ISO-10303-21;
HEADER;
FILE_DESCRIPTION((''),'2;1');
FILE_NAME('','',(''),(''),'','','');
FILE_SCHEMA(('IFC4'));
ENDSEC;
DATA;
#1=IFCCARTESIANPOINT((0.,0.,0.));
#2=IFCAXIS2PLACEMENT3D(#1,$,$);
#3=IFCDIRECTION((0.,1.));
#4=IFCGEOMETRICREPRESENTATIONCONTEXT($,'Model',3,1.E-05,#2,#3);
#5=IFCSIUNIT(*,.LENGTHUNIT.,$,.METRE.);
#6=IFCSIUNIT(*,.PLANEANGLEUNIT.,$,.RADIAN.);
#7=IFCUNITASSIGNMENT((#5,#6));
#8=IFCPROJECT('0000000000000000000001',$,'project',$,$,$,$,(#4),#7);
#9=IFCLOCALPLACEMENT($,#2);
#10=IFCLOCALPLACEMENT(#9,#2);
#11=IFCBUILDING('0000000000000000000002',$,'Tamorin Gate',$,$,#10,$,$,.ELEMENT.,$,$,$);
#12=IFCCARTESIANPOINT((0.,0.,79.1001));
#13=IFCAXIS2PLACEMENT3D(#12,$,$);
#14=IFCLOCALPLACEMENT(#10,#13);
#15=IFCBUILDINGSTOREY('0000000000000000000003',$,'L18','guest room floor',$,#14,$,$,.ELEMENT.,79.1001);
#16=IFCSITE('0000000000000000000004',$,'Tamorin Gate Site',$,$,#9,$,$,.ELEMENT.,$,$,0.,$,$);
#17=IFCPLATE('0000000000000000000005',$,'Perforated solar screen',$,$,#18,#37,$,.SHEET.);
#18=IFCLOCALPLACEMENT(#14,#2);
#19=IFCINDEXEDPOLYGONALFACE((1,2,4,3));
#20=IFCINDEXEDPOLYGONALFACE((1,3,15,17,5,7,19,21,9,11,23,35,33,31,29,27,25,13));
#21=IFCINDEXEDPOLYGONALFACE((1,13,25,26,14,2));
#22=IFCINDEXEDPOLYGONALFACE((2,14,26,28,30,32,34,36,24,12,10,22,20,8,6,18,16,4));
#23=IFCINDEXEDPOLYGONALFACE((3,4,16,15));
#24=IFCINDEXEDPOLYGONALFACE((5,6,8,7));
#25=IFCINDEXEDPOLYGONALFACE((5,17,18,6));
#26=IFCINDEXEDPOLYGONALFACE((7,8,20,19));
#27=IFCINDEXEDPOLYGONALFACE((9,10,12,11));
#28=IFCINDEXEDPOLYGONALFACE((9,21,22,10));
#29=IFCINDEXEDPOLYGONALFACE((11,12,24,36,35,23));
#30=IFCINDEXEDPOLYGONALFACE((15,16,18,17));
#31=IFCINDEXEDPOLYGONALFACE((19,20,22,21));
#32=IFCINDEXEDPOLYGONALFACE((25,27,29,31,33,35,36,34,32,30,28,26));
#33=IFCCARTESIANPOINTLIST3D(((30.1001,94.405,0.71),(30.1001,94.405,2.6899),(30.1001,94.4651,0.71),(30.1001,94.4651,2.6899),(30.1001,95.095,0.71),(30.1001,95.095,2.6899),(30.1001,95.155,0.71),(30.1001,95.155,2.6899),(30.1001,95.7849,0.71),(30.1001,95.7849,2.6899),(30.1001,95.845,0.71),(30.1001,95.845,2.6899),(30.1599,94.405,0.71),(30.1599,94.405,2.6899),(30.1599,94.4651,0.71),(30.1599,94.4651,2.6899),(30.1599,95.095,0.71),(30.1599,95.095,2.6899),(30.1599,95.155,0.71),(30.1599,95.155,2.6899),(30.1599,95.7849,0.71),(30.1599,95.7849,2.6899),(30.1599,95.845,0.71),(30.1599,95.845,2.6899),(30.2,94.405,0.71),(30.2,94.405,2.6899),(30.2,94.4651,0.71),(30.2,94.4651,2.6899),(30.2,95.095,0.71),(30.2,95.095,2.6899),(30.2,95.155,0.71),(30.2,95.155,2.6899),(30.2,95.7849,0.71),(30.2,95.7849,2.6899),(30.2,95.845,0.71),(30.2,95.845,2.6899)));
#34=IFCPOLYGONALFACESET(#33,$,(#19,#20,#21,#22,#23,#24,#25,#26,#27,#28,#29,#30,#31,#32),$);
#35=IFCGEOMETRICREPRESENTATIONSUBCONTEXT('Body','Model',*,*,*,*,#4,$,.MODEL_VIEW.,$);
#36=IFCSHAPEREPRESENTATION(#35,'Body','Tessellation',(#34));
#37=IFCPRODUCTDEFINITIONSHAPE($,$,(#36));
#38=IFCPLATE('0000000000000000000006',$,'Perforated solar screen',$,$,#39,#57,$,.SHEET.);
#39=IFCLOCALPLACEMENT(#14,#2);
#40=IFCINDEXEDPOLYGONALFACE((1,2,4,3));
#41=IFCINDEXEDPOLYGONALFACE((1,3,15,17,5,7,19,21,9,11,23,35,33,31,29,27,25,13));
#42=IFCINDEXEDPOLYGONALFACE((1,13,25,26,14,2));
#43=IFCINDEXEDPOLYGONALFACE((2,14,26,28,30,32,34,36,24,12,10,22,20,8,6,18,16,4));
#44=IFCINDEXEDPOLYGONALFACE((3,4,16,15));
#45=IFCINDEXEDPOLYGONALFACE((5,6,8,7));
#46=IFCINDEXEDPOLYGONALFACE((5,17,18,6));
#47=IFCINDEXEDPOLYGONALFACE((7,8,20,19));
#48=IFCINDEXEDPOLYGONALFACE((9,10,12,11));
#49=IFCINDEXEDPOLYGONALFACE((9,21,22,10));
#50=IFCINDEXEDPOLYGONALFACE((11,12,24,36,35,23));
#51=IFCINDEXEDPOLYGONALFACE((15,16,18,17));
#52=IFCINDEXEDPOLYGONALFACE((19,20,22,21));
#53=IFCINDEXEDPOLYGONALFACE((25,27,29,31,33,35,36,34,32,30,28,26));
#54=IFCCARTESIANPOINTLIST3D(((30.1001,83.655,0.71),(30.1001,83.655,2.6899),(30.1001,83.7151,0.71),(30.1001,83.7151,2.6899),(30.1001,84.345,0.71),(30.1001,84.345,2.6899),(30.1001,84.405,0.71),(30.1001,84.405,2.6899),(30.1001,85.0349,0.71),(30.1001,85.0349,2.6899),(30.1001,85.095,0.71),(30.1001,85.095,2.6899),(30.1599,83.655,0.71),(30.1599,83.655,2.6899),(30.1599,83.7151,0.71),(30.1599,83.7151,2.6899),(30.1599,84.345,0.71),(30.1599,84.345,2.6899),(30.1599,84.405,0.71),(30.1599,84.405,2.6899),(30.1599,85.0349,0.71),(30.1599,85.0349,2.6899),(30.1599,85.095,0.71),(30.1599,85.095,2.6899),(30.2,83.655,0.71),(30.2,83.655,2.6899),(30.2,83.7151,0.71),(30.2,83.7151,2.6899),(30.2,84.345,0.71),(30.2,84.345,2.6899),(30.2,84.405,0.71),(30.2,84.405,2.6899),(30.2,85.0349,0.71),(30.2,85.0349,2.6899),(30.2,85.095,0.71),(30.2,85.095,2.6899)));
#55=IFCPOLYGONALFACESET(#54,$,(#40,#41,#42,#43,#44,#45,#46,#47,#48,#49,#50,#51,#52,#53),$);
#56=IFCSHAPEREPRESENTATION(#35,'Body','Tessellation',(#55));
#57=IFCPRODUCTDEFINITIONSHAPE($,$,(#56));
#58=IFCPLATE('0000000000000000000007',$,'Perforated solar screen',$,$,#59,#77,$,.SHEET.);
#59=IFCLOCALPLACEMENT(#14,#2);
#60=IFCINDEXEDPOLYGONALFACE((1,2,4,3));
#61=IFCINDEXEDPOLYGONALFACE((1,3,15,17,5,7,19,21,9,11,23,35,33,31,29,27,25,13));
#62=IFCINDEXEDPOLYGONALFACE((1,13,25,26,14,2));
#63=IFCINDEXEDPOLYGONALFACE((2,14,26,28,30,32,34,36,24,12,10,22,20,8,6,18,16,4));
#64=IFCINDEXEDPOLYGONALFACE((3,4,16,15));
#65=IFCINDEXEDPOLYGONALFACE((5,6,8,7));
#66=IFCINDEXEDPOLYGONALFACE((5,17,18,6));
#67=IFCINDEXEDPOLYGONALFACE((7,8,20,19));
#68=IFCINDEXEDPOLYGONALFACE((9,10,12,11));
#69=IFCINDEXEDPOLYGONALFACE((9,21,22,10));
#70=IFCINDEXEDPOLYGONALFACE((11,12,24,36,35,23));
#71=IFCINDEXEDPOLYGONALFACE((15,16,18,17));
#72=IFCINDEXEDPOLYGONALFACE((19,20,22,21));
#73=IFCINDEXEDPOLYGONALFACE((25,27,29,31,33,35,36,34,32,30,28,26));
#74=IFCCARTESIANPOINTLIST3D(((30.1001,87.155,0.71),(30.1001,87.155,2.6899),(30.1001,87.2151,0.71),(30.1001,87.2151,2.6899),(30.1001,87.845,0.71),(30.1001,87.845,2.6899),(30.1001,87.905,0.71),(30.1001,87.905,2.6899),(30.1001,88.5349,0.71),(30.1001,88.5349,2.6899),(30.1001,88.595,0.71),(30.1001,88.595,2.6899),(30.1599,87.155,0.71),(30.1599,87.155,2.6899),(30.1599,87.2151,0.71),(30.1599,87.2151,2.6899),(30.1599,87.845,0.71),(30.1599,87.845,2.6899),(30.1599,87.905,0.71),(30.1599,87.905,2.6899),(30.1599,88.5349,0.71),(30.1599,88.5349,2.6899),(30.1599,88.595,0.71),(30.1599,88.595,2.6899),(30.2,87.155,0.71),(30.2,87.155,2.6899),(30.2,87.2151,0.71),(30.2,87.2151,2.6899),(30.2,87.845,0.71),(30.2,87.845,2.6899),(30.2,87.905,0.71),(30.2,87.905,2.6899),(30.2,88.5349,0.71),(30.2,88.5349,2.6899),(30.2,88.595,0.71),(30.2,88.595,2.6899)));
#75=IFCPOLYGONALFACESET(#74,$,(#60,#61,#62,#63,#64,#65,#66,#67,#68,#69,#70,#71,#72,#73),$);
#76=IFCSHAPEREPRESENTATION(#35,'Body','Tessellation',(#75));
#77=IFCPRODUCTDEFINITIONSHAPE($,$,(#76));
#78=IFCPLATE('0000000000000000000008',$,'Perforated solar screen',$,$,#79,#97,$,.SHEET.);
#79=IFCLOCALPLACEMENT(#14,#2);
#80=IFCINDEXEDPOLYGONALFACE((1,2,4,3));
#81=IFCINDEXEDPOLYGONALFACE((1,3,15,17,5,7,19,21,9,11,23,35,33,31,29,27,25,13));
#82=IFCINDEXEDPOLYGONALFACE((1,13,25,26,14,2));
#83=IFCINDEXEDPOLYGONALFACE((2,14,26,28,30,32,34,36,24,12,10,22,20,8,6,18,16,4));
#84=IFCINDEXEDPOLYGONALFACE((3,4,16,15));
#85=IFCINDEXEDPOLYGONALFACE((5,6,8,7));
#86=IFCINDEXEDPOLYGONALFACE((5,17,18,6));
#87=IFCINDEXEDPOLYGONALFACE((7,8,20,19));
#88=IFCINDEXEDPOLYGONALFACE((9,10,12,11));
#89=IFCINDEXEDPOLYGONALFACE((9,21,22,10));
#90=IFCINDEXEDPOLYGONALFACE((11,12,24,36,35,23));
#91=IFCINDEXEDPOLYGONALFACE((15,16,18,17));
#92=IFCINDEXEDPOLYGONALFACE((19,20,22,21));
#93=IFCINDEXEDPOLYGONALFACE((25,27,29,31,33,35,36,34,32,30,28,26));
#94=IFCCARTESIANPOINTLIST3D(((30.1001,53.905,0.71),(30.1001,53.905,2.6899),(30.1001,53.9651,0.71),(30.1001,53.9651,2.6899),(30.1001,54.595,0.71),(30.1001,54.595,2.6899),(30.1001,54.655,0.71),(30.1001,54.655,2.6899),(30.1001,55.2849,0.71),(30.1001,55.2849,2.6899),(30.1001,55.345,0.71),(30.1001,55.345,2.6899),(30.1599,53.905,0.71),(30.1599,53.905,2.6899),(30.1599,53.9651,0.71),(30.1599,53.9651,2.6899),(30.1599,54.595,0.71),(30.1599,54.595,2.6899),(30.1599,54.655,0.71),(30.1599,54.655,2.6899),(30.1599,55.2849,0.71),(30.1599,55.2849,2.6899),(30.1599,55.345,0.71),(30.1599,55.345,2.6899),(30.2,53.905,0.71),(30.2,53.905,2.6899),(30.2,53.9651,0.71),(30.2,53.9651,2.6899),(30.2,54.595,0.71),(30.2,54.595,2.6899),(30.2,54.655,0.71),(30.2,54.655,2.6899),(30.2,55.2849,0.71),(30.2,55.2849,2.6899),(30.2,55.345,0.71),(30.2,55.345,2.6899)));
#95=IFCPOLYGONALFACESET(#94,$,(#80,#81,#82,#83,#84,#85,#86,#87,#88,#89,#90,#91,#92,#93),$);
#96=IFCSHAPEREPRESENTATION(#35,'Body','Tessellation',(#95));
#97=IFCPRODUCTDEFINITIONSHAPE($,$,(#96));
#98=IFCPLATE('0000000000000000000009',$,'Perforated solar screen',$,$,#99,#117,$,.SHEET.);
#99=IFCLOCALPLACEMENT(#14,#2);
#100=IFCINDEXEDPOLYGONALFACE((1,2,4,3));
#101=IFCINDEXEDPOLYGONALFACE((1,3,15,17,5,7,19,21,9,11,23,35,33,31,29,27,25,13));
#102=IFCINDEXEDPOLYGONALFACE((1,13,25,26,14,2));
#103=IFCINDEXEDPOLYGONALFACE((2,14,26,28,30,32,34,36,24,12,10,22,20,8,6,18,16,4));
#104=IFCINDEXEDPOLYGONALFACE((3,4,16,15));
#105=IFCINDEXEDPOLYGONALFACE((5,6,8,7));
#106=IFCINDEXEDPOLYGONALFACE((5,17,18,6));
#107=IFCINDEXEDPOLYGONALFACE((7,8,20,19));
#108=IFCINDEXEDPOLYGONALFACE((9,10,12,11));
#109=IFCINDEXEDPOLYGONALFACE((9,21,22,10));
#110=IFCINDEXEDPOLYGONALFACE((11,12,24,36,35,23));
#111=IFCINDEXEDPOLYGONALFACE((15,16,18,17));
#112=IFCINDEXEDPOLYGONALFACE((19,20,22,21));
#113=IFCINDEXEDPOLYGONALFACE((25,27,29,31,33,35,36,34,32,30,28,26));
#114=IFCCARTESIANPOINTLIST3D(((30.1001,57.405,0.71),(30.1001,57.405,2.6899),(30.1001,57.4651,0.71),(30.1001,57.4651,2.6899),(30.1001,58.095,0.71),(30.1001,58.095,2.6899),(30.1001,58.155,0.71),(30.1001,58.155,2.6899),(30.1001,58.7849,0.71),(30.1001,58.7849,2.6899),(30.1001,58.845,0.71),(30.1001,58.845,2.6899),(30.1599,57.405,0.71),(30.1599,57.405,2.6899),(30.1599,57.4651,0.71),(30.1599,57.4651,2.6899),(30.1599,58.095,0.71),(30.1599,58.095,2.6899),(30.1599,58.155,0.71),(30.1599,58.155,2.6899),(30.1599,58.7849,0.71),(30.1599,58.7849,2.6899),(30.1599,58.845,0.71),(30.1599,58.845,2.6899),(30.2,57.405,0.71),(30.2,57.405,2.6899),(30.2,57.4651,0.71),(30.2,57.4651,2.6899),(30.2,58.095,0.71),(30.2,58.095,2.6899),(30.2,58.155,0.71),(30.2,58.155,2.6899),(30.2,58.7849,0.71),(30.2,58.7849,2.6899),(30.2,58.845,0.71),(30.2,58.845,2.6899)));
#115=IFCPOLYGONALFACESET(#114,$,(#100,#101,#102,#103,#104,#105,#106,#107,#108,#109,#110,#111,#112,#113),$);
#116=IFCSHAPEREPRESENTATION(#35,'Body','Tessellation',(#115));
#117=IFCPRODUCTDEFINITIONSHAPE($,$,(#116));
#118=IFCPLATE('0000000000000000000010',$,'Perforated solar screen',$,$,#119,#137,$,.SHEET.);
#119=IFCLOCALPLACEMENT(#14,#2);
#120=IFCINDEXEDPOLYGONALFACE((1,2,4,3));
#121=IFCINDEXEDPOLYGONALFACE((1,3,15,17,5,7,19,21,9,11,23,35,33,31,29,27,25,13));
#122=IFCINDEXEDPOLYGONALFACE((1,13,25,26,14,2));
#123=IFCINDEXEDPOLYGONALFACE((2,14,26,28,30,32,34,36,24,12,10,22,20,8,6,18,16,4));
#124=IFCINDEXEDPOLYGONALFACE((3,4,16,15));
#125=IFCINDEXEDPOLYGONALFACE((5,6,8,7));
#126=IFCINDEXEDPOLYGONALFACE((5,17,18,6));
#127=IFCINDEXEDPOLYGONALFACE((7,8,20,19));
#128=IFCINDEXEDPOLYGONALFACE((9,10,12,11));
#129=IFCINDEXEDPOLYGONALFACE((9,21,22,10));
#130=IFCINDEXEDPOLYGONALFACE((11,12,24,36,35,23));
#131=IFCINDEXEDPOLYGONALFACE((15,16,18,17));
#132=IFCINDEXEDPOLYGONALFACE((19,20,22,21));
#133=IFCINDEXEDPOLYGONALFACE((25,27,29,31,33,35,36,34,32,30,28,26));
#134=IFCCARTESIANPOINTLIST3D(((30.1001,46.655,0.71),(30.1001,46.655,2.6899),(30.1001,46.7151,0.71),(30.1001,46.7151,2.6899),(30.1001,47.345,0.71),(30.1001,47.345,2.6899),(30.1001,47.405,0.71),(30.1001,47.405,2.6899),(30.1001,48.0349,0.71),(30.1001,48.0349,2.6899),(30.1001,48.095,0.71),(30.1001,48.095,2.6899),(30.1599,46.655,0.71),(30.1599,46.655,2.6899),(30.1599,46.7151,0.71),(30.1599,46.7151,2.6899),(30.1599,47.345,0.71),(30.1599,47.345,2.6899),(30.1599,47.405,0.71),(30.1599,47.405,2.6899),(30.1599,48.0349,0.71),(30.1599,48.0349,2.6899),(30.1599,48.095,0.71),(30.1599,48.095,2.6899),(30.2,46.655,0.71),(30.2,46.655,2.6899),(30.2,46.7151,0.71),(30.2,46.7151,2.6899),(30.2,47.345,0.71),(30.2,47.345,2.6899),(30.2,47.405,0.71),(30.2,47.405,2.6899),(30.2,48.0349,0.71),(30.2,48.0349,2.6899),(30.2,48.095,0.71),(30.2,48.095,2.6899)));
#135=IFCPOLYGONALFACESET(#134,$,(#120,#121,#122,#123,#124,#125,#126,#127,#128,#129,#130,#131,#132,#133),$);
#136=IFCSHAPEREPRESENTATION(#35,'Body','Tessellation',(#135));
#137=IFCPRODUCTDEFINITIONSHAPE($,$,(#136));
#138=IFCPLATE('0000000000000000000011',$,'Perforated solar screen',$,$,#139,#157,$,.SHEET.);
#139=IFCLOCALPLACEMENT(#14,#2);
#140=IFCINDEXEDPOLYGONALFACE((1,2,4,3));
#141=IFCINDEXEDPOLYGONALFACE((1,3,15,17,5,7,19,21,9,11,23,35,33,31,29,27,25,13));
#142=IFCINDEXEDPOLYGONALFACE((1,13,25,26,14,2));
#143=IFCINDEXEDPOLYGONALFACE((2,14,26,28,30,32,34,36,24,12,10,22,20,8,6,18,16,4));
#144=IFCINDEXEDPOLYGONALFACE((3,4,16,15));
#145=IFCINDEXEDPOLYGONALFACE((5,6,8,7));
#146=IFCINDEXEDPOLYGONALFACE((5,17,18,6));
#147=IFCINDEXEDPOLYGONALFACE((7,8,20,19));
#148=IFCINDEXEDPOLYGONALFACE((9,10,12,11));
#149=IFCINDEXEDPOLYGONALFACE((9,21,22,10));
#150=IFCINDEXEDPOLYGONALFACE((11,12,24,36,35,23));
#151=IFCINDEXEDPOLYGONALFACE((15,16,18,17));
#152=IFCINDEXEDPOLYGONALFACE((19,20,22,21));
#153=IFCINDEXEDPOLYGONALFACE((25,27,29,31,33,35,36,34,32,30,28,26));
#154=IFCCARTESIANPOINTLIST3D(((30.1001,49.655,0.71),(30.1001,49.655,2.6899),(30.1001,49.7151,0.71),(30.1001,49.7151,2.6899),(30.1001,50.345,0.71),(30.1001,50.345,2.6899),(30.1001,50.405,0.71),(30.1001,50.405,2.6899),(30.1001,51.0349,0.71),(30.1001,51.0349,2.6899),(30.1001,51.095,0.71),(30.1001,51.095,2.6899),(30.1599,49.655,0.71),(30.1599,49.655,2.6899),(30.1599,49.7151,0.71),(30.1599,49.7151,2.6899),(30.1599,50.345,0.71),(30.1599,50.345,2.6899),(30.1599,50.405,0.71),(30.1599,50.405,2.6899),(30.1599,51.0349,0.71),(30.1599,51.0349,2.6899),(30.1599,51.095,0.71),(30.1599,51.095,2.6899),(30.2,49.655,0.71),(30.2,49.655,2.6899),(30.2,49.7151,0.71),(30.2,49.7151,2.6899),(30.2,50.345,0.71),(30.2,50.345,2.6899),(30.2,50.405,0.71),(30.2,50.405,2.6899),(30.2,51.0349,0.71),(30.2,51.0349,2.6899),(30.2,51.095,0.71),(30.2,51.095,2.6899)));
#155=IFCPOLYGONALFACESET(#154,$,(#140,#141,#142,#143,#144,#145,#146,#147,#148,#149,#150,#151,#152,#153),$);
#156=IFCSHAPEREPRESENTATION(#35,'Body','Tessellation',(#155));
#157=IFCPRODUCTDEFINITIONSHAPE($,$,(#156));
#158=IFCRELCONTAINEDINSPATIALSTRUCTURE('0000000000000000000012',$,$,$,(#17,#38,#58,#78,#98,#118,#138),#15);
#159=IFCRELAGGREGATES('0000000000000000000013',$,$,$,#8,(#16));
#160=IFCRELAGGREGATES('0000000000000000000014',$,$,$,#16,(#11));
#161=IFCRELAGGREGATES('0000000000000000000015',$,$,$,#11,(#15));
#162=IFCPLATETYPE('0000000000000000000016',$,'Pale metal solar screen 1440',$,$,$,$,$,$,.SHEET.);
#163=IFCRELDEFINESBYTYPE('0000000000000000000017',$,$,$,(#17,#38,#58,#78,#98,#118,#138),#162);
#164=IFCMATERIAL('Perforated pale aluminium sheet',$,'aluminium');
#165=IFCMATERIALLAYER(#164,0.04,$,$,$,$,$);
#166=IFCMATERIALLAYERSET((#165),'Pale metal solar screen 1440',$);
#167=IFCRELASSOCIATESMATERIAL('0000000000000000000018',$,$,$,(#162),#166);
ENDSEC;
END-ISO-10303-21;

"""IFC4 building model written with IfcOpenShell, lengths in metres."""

from ifc_helpers import new_model, si_unit, direction, frame, origin, place, context, subcontext, project, spatial, polyline, outline, extrude, material, layer, layer_set, type_object, element, save


model = new_model("IFC4")

# Units and contexts
model_context = context("Model", 3, precision=1e-05, world=origin(), true_north=direction((0.0, 1.0)))
body_context = subcontext(model_context, "Body", "Model", "MODEL_VIEW")
ifc_project = project(units=[si_unit("LENGTHUNIT", "METRE"), si_unit("PLANEANGLEUNIT", "RADIAN")], contexts=[model_context])

# Site, building, storey
site_placement = place(None, origin())
site = spatial("IfcSite", under=ifc_project, at=site_placement, Name="Tamorin Gate Site", CompositionType="ELEMENT", RefElevation=0.0)
building_placement = place(site_placement, origin())
building = spatial("IfcBuilding", under=site, at=building_placement, Name="Tamorin Gate", CompositionType="ELEMENT")
storey_placement = place(building_placement, frame((0.0, 0.0, 79.1001)))
storey = spatial("IfcBuildingStorey", under=building, at=storey_placement, Name="L18", Description="guest room floor", CompositionType="ELEMENT", Elevation=79.1001)

# Plates
ifc_material_1 = material(Name="Perforated pale aluminium sheet", Category="aluminium")
ifc_layer_1 = layer(ifc_material_1, 0.04)
ifc_layer_set_1 = layer_set([ifc_layer_1], Name="Pale metal solar screen 1440")
plate_type = type_object("IfcPlateType", Name="Pale metal solar screen 1440", PredefinedType="SHEET", material=ifc_layer_set_1)
plate_1_placement = place(storey_placement, frame((0.0, 0.0, 0.71)))
element("IfcPlate", 1, at=plate_1_placement, inside=storey, type_object=plate_type, Name="Perforated solar screen", PredefinedType="SHEET", context=body_context, shape_type="SweptSolid", body=[
    extrude(outline(polyline([(30.1599, 95.845), (30.2, 95.845), (30.2, 95.7849), (30.2, 95.155), (30.2, 95.095), (30.2, 94.4651), (30.2, 94.405), (30.2, 94.405), (30.1599, 94.405), (30.1599, 94.405), (30.1001, 94.405), (30.1001, 94.4651), (30.1599, 94.4651), (30.1599, 95.095), (30.1001, 95.095), (30.1001, 95.155), (30.1599, 95.155), (30.1599, 95.7849), (30.1001, 95.7849), (30.1001, 95.845), (30.1599, 95.845)])), origin(), (0.0, 0.0, 1.0), 1.98),
])
plate_2_placement = place(storey_placement, frame((0.0, 0.0, 0.71)))
element("IfcPlate", 2, at=plate_2_placement, inside=storey, type_object=plate_type, Name="Perforated solar screen", PredefinedType="SHEET", context=body_context, shape_type="SweptSolid", body=[
    extrude(outline(polyline([(30.1599, 85.095), (30.2, 85.095), (30.2, 85.0349), (30.2, 84.405), (30.2, 84.345), (30.2, 83.7151), (30.2, 83.655), (30.1599, 83.655), (30.1001, 83.655), (30.1001, 83.7151), (30.1599, 83.7151), (30.1599, 84.345), (30.1001, 84.345), (30.1001, 84.405), (30.1599, 84.405), (30.1599, 85.0349), (30.1001, 85.0349), (30.1001, 85.095), (30.1599, 85.095)])), origin(), (0.0, 0.0, 1.0), 1.98),
])
plate_3_placement = place(storey_placement, frame((0.0, 0.0, 0.71)))
element("IfcPlate", 3, at=plate_3_placement, inside=storey, type_object=plate_type, Name="Perforated solar screen", PredefinedType="SHEET", context=body_context, shape_type="SweptSolid", body=[
    extrude(outline(polyline([(30.1599, 88.595), (30.2, 88.595), (30.2, 88.5349), (30.2, 87.905), (30.2, 87.845), (30.2, 87.2151), (30.2, 87.155), (30.1599, 87.155), (30.1001, 87.155), (30.1001, 87.2151), (30.1599, 87.2151), (30.1599, 87.845), (30.1001, 87.845), (30.1001, 87.905), (30.1599, 87.905), (30.1599, 88.5349), (30.1001, 88.5349), (30.1001, 88.595), (30.1599, 88.595)])), origin(), (0.0, 0.0, 1.0), 1.98),
])
plate_4_placement = place(storey_placement, frame((0.0, 0.0, 0.71)))
element("IfcPlate", 4, at=plate_4_placement, inside=storey, type_object=plate_type, Name="Perforated solar screen", PredefinedType="SHEET", context=body_context, shape_type="SweptSolid", body=[
    extrude(outline(polyline([(30.1599, 55.345), (30.2, 55.345), (30.2, 55.2849), (30.2, 54.655), (30.2, 54.595), (30.2, 53.9651), (30.2, 53.905), (30.1599, 53.905), (30.1001, 53.905), (30.1001, 53.9651), (30.1599, 53.9651), (30.1599, 54.595), (30.1001, 54.595), (30.1001, 54.655), (30.1599, 54.655), (30.1599, 55.2849), (30.1001, 55.2849), (30.1001, 55.345), (30.1599, 55.345)])), origin(), (0.0, 0.0, 1.0), 1.98),
])
plate_5_placement = place(storey_placement, frame((0.0, 0.0, 0.71)))
element("IfcPlate", 5, at=plate_5_placement, inside=storey, type_object=plate_type, Name="Perforated solar screen", PredefinedType="SHEET", context=body_context, shape_type="SweptSolid", body=[
    extrude(outline(polyline([(30.1599, 58.845), (30.2, 58.845), (30.2, 58.7849), (30.2, 58.155), (30.2, 58.095), (30.2, 57.4651), (30.2, 57.405), (30.1599, 57.405), (30.1001, 57.405), (30.1001, 57.4651), (30.1599, 57.4651), (30.1599, 58.095), (30.1001, 58.095), (30.1001, 58.155), (30.1599, 58.155), (30.1599, 58.7849), (30.1001, 58.7849), (30.1001, 58.845), (30.1599, 58.845)])), origin(), (0.0, 0.0, 1.0), 1.98),
])
plate_6_placement = place(storey_placement, frame((0.0, 0.0, 0.71)))
element("IfcPlate", 6, at=plate_6_placement, inside=storey, type_object=plate_type, Name="Perforated solar screen", PredefinedType="SHEET", context=body_context, shape_type="SweptSolid", body=[
    extrude(outline(polyline([(30.1599, 48.095), (30.2, 48.095), (30.2, 48.0349), (30.2, 47.405), (30.2, 47.345), (30.2, 46.7151), (30.2, 46.655), (30.1599, 46.655), (30.1001, 46.655), (30.1001, 46.7151), (30.1599, 46.7151), (30.1599, 47.345), (30.1001, 47.345), (30.1001, 47.405), (30.1599, 47.405), (30.1599, 48.0349), (30.1001, 48.0349), (30.1001, 48.095), (30.1599, 48.095)])), origin(), (0.0, 0.0, 1.0), 1.98),
])
plate_7_placement = place(storey_placement, frame((0.0, 0.0, 0.71)))
element("IfcPlate", 7, at=plate_7_placement, inside=storey, type_object=plate_type, Name="Perforated solar screen", PredefinedType="SHEET", context=body_context, shape_type="SweptSolid", body=[
    extrude(outline(polyline([(30.1599, 51.095), (30.2, 51.095), (30.2, 51.0349), (30.2, 50.405), (30.2, 50.345), (30.2, 49.7151), (30.2, 49.655), (30.1599, 49.655), (30.1001, 49.655), (30.1001, 49.7151), (30.1599, 49.7151), (30.1599, 50.345), (30.1001, 50.345), (30.1001, 50.405), (30.1599, 50.405), (30.1599, 51.0349), (30.1001, 51.0349), (30.1001, 51.095), (30.1599, 51.095)])), origin(), (0.0, 0.0, 1.0), 1.98),
])

save(model, "model.ifc")
